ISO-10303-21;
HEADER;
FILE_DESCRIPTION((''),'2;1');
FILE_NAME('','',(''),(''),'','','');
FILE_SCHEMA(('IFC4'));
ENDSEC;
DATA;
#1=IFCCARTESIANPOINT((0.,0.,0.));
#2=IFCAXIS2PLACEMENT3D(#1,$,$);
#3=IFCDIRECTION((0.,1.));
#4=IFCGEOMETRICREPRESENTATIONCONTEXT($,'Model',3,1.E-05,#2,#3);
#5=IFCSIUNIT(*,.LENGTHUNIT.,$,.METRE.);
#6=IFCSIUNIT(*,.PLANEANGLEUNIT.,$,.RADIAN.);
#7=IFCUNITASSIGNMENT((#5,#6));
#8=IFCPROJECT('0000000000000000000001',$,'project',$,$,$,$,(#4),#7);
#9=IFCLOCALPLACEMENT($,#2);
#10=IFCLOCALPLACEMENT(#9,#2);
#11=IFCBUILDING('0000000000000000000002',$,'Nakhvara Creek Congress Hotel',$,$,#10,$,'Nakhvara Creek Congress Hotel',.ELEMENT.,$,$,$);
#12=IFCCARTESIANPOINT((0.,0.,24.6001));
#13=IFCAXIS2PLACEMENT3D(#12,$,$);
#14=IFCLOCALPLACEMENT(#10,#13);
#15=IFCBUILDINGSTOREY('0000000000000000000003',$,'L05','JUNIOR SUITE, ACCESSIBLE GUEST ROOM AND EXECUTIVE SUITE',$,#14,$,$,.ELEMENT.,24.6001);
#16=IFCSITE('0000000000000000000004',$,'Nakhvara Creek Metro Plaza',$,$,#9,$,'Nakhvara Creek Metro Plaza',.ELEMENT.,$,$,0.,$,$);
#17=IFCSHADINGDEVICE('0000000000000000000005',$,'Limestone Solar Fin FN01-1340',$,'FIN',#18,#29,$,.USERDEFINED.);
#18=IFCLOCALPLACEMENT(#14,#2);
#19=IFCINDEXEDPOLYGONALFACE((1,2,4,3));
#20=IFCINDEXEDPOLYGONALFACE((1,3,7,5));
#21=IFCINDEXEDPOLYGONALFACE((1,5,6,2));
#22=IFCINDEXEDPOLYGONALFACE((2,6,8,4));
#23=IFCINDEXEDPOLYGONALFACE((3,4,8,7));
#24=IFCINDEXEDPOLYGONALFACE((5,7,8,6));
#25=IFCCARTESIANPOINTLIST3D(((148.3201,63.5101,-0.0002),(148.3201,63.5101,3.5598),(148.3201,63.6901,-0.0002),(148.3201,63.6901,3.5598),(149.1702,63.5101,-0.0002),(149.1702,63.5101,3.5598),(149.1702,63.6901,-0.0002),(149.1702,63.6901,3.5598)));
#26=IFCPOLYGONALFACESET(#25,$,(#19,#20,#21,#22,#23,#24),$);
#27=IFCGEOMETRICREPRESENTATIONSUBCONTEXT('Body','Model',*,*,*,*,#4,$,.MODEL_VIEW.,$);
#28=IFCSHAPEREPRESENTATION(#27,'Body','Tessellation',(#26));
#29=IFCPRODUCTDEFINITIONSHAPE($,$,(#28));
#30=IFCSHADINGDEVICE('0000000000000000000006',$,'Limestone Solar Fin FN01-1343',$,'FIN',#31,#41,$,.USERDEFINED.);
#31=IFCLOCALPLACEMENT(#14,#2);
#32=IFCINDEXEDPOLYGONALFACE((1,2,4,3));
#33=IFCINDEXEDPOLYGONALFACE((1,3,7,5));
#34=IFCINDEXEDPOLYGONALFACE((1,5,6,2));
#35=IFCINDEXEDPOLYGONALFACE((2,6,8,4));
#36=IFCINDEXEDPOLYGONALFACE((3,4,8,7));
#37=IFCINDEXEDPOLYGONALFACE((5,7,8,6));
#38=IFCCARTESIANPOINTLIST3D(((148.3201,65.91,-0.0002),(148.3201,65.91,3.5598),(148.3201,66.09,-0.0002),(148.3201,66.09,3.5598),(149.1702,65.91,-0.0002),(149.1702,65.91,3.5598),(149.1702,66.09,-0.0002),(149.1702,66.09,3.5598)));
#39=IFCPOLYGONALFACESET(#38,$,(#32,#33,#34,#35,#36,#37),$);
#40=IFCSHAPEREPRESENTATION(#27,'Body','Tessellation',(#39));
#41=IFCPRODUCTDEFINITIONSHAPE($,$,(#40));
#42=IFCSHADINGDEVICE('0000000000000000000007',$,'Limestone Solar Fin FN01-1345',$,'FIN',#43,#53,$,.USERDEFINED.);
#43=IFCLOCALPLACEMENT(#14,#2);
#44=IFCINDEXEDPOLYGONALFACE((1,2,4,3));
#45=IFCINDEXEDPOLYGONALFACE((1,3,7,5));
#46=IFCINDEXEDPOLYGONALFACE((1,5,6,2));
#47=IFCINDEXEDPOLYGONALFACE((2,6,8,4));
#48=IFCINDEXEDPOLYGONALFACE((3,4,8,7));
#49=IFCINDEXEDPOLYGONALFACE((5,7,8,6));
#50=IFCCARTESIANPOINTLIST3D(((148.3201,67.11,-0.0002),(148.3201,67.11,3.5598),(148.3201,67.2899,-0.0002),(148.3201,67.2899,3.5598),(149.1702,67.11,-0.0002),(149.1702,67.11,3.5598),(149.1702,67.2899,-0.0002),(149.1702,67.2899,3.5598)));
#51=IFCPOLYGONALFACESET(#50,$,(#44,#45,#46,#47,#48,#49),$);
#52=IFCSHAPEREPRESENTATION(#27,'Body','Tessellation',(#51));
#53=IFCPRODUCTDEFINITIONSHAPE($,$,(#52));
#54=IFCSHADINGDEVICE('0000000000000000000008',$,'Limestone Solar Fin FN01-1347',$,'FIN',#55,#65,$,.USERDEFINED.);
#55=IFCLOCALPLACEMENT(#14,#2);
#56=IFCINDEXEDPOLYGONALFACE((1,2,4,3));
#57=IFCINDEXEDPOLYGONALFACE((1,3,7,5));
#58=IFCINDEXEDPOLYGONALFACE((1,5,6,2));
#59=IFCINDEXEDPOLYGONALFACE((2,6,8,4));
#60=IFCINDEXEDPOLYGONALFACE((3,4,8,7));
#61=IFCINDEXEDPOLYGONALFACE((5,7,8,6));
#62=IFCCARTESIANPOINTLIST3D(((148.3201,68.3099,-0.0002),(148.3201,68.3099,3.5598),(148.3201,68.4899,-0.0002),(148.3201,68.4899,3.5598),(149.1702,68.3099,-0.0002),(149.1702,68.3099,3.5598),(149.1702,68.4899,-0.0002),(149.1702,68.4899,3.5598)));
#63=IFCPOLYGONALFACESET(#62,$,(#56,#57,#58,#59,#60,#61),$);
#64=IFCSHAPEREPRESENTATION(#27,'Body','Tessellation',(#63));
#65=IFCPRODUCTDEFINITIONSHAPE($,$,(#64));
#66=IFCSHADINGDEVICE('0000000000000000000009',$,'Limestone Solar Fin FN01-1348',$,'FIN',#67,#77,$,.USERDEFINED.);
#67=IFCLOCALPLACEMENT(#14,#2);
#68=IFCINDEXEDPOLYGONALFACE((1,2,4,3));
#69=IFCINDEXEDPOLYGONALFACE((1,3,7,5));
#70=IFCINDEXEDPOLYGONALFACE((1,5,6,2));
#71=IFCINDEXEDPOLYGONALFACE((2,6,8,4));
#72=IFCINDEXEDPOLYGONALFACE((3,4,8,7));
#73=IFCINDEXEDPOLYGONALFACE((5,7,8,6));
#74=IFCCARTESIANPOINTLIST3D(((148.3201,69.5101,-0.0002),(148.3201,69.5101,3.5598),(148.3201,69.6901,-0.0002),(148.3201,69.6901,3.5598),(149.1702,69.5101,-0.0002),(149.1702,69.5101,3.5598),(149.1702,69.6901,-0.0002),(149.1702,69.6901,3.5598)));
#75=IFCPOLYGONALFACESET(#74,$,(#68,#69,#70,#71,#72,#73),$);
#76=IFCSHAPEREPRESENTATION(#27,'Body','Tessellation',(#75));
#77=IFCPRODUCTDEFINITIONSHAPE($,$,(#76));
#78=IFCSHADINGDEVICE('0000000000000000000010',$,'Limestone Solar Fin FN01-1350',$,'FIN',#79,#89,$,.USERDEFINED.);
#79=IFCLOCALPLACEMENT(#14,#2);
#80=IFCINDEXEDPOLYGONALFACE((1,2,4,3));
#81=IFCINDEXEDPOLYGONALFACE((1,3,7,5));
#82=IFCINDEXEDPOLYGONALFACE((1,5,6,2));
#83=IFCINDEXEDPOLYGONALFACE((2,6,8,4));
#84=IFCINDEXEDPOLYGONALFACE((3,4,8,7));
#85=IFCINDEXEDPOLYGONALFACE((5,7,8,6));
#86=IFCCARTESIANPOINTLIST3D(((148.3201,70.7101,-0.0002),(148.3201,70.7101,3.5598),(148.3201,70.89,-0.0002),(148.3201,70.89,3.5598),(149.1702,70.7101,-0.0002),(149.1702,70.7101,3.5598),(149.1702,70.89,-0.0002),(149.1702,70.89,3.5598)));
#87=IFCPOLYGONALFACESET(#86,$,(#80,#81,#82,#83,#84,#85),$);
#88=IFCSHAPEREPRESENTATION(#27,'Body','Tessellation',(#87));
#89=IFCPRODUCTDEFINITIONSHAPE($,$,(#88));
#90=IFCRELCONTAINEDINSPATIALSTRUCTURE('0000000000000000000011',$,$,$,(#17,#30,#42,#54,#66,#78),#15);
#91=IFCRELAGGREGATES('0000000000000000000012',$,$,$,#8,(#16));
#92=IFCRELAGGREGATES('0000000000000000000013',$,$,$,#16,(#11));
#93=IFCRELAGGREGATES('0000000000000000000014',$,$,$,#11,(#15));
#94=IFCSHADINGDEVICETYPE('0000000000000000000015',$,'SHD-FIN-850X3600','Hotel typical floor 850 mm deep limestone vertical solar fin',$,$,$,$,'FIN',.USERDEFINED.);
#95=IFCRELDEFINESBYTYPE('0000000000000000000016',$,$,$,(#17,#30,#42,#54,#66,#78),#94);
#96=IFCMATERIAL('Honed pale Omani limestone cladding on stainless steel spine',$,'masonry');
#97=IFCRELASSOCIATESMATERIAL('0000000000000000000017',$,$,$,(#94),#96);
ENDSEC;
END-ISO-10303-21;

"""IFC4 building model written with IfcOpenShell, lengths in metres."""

from ifc_helpers import new_model, si_unit, direction, frame, origin, origin_2d, place, context, subcontext, project, spatial, rectangle, extrude, material, type_object, element, save


model = new_model("IFC4")

# Units and contexts
model_context = context("Model", 3, precision=1e-05, world=origin(), true_north=direction((0.0, 1.0)))
body_context = subcontext(model_context, "Body", "Model", "MODEL_VIEW")
ifc_project = project(units=[si_unit("LENGTHUNIT", "METRE"), si_unit("PLANEANGLEUNIT", "RADIAN")], contexts=[model_context])

# Site, building, storey
site_placement = place(None, origin())
site = spatial("IfcSite", under=ifc_project, at=site_placement, Name="Nakhvara Creek Metro Plaza", LongName="Nakhvara Creek Metro Plaza", CompositionType="ELEMENT", RefElevation=0.0)
building_placement = place(site_placement, origin())
building = spatial("IfcBuilding", under=site, at=building_placement, Name="Nakhvara Creek Congress Hotel", LongName="Nakhvara Creek Congress Hotel", CompositionType="ELEMENT")
storey_placement = place(building_placement, frame((0.0, 0.0, 24.6001)))
storey = spatial("IfcBuildingStorey", under=building, at=storey_placement, Name="L05", Description="JUNIOR SUITE, ACCESSIBLE GUEST ROOM AND EXECUTIVE SUITE", CompositionType="ELEMENT", Elevation=24.6001)

# Shading devices
ifc_material_1 = material(Name="Honed pale Omani limestone cladding on stainless steel spine", Category="masonry")
shading_device_type = type_object("IfcShadingDeviceType", Name="SHD-FIN-850X3600", Description="Hotel typical floor 850 mm deep limestone vertical solar fin", ElementType="FIN", PredefinedType="USERDEFINED", material=ifc_material_1)
for number, where, z_axis, x_axis, name in (
    (1, (148.7451, 63.6001, -0.0002), (0.0, 0.0, 1.0), (0.0, 1.0, 0.0), "Limestone Solar Fin FN01-1340"),
    (2, (148.7451, 66.0, -0.0002), (0.0, 0.0, 1.0), (0.0, 1.0, 0.0), "Limestone Solar Fin FN01-1343"),
    (3, (148.7451, 67.2, -0.0002), (0.0, 0.0, 1.0), (0.0, 1.0, 0.0), "Limestone Solar Fin FN01-1345"),
    (4, (148.7451, 68.3999, -0.0002), (0.0, 0.0, 1.0), (0.0, 1.0, 0.0), "Limestone Solar Fin FN01-1347"),
    (5, (148.7451, 69.6001, -0.0002), (0.0, 0.0, 1.0), (0.0, 1.0, 0.0), "Limestone Solar Fin FN01-1348"),
    (6, (148.7451, 70.8, -0.0002), (0.0, 0.0, 1.0), (0.0, 1.0, 0.0), "Limestone Solar Fin FN01-1350"),
):
    element("IfcShadingDevice", number, at=place(storey_placement, frame(where, z_axis=z_axis, x_axis=x_axis)), inside=storey, type_object=shading_device_type, Name=name, ObjectType="FIN", PredefinedType="USERDEFINED", context=body_context, shape_type="SweptSolid", body=[
        extrude(rectangle(XDim=0.1799, YDim=0.8501, at=origin_2d()), origin(), (0.0, 0.0, 1.0), 3.5601),
    ])

save(model, "model.ifc")
